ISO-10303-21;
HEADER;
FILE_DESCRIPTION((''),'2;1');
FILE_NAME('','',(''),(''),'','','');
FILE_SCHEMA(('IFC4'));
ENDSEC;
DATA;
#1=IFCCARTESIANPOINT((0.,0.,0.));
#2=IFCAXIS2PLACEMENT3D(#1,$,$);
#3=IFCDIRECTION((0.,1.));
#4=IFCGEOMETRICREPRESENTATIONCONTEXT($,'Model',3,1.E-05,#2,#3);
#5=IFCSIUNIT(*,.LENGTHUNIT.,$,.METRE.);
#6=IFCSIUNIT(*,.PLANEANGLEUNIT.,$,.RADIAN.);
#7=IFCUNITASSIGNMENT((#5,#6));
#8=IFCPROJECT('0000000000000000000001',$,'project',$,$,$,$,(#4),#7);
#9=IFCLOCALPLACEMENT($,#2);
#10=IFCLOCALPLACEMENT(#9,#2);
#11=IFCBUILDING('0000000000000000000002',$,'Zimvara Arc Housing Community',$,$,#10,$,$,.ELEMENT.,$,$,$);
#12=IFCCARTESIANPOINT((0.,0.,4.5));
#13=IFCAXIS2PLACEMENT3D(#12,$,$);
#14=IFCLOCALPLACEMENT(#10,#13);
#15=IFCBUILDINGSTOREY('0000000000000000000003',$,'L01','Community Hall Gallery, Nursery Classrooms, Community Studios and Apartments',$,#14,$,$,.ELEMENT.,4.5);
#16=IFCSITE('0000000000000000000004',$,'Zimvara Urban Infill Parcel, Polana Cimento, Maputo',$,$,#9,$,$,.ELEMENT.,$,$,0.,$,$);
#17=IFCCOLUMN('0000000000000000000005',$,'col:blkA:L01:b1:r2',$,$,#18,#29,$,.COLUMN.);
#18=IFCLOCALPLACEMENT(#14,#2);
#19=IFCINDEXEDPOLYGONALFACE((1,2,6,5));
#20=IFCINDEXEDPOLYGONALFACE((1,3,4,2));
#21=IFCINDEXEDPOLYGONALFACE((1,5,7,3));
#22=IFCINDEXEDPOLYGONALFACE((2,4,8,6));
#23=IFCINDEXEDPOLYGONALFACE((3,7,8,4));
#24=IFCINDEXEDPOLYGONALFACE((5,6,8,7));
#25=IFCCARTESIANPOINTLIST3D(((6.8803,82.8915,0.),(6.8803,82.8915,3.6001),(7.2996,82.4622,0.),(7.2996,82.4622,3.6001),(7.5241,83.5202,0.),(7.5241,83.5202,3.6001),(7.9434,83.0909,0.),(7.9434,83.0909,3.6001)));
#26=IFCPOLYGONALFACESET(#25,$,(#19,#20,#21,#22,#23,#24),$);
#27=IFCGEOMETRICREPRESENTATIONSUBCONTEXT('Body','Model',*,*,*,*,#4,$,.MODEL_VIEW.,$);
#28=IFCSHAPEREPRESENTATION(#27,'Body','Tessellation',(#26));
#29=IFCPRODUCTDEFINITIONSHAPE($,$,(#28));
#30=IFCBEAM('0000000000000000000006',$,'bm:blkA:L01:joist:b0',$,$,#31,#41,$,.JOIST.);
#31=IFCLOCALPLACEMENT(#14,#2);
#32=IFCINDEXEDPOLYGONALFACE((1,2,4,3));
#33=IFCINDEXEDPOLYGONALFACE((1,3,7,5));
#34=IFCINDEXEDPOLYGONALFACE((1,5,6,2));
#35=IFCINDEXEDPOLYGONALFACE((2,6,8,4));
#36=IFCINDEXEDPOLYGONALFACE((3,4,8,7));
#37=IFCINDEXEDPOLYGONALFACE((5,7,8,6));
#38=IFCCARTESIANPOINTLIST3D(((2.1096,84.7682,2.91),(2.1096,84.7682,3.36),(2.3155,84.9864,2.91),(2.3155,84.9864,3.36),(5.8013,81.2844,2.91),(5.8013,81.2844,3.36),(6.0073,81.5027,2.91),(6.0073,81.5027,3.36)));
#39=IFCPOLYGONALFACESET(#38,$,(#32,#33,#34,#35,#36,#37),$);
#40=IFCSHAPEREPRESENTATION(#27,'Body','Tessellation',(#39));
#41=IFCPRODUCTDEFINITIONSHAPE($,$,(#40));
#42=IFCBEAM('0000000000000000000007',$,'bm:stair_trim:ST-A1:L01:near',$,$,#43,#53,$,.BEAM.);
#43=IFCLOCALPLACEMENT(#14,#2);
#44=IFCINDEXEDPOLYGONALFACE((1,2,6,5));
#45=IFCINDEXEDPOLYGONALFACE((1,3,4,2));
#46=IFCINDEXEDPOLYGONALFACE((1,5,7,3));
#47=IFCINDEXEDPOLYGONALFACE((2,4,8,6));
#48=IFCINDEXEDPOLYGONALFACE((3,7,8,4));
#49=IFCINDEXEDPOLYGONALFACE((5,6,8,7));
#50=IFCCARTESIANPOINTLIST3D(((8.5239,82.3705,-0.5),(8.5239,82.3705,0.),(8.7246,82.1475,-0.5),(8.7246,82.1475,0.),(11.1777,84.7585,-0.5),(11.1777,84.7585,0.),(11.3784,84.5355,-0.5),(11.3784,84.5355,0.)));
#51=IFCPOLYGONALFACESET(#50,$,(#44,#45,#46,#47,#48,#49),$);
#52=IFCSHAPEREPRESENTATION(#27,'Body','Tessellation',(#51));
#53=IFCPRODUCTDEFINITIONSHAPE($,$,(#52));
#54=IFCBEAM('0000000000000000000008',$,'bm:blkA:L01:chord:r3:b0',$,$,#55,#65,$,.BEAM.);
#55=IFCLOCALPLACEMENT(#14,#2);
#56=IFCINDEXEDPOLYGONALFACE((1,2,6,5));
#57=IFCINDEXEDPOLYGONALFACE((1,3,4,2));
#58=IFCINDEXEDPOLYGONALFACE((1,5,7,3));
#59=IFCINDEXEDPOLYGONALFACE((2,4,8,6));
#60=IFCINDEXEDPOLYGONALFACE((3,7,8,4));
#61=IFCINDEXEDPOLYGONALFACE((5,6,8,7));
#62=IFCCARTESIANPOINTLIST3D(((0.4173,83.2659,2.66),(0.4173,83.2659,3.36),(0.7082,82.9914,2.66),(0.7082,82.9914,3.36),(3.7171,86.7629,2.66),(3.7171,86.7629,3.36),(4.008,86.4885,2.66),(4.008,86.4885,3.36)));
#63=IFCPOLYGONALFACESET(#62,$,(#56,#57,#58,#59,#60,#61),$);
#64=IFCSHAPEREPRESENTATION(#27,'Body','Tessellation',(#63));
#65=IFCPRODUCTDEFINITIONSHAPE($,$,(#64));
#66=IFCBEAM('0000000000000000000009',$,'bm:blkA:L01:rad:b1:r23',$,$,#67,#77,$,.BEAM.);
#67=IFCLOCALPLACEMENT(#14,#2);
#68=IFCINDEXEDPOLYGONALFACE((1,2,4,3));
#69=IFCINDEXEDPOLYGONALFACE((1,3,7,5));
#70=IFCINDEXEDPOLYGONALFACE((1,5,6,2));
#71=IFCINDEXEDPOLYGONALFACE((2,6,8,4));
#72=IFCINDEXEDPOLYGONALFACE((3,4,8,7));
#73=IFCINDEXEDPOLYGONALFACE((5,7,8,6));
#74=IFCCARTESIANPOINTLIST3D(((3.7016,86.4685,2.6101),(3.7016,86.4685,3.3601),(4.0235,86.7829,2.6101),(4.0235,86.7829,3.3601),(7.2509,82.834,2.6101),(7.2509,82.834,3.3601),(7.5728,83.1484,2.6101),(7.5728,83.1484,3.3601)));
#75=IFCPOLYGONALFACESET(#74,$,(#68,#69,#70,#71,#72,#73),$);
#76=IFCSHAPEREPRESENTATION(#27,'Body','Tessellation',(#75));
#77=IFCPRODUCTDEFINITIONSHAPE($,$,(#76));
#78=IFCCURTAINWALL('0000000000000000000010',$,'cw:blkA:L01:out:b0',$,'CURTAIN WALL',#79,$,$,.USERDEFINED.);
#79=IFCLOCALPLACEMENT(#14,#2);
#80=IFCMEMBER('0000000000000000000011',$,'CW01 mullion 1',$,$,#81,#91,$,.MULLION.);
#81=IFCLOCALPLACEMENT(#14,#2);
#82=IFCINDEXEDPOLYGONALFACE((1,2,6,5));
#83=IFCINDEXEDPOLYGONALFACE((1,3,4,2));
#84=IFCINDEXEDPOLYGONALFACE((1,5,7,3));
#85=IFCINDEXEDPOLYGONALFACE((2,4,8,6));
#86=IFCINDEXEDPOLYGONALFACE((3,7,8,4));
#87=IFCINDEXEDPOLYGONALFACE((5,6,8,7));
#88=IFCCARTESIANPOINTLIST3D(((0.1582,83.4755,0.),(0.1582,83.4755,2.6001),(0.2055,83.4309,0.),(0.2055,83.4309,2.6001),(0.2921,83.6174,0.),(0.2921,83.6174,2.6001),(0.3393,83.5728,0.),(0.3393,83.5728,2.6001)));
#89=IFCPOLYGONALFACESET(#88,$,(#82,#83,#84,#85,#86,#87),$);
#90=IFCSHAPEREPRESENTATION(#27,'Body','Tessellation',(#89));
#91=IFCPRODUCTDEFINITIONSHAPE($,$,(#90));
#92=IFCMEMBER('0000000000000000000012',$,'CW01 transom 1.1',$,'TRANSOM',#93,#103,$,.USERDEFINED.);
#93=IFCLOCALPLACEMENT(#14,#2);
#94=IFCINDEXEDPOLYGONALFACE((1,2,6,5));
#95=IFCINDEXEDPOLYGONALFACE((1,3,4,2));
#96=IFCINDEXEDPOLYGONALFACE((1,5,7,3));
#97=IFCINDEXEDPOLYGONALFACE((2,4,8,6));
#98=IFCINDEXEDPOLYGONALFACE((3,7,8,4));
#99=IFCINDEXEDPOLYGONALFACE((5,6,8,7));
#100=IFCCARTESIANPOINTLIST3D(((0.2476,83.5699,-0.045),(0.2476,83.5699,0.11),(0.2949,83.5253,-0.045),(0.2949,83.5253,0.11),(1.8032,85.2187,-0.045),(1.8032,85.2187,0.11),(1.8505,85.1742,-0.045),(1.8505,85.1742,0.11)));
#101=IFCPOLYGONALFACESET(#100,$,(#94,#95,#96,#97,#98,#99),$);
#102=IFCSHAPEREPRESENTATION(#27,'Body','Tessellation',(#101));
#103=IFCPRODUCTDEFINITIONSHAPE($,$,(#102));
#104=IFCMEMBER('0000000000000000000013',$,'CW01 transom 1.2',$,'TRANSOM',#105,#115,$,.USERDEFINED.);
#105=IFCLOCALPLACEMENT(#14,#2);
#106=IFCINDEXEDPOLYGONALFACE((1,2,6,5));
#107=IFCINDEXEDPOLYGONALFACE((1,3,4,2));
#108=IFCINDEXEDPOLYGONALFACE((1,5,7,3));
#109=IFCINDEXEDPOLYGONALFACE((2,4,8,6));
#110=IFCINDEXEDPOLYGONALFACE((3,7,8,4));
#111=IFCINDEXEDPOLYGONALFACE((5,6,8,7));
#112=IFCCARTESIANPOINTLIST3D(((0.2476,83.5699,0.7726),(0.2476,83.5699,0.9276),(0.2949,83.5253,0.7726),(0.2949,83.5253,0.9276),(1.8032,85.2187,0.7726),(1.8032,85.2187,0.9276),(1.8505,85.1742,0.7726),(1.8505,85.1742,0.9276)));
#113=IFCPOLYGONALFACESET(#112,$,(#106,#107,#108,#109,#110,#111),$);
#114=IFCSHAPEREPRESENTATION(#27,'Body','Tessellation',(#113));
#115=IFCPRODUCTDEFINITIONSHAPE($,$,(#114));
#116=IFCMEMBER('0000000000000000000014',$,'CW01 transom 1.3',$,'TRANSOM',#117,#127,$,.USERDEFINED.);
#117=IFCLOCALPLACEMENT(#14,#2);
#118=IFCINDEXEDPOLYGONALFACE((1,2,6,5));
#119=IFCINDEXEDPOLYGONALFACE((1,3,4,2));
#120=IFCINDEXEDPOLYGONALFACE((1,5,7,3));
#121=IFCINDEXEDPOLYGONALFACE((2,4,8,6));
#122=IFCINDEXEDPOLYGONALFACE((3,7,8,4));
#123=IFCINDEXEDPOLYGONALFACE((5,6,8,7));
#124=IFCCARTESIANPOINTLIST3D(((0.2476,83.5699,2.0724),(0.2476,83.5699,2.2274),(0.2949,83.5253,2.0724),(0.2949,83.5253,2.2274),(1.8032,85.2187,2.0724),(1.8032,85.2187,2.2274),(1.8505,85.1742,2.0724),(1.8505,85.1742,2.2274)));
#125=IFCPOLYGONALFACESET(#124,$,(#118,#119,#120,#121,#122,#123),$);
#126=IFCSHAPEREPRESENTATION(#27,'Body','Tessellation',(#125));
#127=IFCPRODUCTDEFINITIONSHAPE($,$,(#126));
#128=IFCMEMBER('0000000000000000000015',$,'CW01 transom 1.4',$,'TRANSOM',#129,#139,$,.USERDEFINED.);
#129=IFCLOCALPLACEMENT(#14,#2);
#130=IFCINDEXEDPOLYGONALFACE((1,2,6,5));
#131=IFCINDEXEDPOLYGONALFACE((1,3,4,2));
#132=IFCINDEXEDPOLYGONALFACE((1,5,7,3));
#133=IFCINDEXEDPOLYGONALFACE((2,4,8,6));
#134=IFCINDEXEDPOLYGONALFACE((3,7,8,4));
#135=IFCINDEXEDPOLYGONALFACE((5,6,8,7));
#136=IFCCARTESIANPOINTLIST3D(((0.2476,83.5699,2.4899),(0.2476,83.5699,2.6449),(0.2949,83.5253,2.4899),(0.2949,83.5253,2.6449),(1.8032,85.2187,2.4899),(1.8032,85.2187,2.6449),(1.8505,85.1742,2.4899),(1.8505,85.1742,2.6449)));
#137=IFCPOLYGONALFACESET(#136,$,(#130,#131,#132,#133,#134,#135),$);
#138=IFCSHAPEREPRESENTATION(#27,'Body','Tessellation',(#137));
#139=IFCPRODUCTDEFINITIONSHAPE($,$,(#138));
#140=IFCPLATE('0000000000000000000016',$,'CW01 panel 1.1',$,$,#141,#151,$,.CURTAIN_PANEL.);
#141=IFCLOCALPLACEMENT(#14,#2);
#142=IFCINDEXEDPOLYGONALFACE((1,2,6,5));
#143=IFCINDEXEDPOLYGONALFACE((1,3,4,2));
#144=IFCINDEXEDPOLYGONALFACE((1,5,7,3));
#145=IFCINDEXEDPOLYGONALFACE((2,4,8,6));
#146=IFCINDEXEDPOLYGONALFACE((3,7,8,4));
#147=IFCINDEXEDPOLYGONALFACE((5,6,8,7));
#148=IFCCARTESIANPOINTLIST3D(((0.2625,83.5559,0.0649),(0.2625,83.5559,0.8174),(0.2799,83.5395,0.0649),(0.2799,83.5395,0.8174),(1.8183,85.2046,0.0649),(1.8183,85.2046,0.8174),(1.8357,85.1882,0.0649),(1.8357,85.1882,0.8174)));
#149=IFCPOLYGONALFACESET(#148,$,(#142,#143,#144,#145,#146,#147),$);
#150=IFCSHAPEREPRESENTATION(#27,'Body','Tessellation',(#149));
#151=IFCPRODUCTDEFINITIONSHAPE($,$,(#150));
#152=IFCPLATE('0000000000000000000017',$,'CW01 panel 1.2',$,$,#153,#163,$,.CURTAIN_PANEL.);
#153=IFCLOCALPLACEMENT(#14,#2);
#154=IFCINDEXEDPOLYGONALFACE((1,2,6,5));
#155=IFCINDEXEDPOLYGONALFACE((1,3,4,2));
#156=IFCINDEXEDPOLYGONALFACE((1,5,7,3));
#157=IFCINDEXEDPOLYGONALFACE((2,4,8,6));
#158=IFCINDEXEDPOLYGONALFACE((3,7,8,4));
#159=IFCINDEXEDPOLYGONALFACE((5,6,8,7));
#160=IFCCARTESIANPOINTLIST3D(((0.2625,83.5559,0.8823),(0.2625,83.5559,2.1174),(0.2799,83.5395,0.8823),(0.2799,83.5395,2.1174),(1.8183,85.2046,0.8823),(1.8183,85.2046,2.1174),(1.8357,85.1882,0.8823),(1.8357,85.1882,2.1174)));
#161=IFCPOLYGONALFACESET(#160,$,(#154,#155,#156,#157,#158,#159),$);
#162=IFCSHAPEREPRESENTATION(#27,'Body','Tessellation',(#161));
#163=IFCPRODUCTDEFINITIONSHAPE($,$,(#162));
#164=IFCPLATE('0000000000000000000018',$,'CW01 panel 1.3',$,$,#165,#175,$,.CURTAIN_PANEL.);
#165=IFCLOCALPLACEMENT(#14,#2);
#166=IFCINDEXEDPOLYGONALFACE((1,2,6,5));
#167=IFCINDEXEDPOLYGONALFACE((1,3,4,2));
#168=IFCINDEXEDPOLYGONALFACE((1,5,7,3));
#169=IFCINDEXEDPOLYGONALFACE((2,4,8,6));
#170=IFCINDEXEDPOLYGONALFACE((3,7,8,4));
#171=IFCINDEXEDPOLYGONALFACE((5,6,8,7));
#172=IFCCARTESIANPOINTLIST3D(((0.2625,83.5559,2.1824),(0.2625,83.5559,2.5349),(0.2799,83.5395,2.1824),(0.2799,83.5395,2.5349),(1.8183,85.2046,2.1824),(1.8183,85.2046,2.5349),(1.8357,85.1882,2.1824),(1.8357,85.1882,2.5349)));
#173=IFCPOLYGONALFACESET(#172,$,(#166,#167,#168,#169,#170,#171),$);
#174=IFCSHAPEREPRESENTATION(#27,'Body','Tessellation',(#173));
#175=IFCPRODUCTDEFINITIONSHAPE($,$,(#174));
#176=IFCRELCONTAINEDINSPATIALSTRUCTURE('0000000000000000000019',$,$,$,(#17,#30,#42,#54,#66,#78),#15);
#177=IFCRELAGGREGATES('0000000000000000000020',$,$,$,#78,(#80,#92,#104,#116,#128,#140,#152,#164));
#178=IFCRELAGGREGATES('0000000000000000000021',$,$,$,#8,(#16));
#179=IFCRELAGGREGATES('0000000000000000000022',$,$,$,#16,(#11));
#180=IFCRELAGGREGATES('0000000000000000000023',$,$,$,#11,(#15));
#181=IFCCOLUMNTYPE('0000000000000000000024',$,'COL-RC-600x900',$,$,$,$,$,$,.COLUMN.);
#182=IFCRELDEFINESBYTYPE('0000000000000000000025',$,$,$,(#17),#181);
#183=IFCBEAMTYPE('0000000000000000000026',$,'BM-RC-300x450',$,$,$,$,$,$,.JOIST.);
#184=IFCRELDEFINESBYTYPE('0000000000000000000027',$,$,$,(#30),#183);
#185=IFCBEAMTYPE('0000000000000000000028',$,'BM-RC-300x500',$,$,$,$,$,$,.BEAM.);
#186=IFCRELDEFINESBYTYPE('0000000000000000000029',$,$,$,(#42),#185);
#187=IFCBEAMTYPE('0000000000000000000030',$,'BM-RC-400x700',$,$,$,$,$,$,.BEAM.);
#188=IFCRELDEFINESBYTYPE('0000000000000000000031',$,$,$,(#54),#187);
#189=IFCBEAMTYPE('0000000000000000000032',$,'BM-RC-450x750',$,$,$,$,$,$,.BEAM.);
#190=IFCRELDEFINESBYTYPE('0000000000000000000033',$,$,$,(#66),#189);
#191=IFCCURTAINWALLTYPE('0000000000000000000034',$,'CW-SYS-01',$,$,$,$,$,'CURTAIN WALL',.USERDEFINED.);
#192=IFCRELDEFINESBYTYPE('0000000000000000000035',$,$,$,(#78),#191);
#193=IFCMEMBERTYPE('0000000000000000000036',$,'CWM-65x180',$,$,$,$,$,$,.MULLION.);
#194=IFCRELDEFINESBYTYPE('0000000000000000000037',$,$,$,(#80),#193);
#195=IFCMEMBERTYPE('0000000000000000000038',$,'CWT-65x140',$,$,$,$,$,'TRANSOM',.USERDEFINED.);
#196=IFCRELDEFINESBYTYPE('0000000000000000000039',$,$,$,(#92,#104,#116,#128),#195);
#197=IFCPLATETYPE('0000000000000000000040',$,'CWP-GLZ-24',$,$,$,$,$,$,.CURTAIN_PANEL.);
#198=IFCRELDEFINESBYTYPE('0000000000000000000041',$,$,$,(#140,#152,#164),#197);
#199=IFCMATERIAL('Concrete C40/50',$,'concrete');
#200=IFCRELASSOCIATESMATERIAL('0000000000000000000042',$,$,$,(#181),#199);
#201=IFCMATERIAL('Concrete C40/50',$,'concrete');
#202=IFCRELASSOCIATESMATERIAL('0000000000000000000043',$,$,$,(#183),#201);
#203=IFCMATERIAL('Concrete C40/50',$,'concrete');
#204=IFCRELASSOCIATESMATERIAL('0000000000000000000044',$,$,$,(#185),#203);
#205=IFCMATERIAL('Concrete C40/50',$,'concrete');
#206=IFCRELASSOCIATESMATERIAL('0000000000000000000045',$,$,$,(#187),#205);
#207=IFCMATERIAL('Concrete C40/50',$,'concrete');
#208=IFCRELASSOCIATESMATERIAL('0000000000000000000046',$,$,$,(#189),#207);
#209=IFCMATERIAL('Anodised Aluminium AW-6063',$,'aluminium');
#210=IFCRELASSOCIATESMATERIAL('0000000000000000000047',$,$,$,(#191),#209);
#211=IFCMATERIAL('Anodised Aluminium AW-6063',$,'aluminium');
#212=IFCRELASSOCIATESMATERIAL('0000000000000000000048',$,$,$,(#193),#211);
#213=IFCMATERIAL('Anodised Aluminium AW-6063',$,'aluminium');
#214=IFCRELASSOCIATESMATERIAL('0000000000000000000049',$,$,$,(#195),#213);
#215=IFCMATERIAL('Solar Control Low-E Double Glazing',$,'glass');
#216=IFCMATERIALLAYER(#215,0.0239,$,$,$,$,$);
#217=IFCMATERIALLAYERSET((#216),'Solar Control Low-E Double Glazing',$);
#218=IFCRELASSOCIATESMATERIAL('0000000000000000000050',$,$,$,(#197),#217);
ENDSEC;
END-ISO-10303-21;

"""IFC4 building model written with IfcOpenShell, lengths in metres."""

from ifc_helpers import new_model, si_unit, direction, frame, origin, origin_2d, place, context, subcontext, project, spatial, rectangle, extrude, material, layer, layer_set, material_profile, profile_set, type_object, element, aggregate, save


model = new_model("IFC4")

# Units and contexts
model_context = context("Model", 3, precision=1e-05, world=origin(), true_north=direction((0.0, 1.0)))
body_context = subcontext(model_context, "Body", "Model", "MODEL_VIEW")
ifc_project = project(units=[si_unit("LENGTHUNIT", "METRE"), si_unit("PLANEANGLEUNIT", "RADIAN")], contexts=[model_context])

# Site, building, storey
site_placement = place(None, origin())
site = spatial("IfcSite", under=ifc_project, at=site_placement, Name="Zimvara Urban Infill Parcel, Polana Cimento, Maputo", CompositionType="ELEMENT", RefElevation=0.0)
building_placement = place(site_placement, origin())
building = spatial("IfcBuilding", under=site, at=building_placement, Name="Zimvara Arc Housing Community", CompositionType="ELEMENT")
storey_placement = place(building_placement, frame((0.0, 0.0, 4.5)))
storey = spatial("IfcBuildingStorey", under=building, at=storey_placement, Name="L01", Description="Community Hall Gallery, Nursery Classrooms, Community Studios and Apartments", CompositionType="ELEMENT", Elevation=4.5)

# Column
ifc_material_1 = material(Name="Concrete C40/50", Category="concrete")
ifc_material_profile_1 = material_profile(ifc_material_1, rectangle(XDim=0.6001, YDim=0.8999, at=origin_2d()), Name="RC 600x900")
ifc_profile_set_1 = profile_set([ifc_material_profile_1], Name="Concrete C40/50")
column_type_1 = type_object("IfcColumnType", Name="COL-RC-600x900", PredefinedType="COLUMN", material=ifc_profile_set_1)
column_1_placement = place(storey_placement, frame((7.4119, 82.9912, 0.0), z_axis=(0.0, 0.0, 1.0), x_axis=(-0.698665, 0.715449, 0.0)))
element("IfcColumn", 1, at=column_1_placement, inside=storey, type_object=column_type_1, Name="col:blkA:L01:b1:r2", PredefinedType="COLUMN", context=body_context, shape_type="SweptSolid", body=[
    extrude(rectangle(XDim=0.6001, YDim=0.8999, at=origin_2d()), origin(), (0.0, 0.0, 1.0), 3.6001),
])

# Beams
ifc_material_2 = material(Name="Concrete C40/50", Category="concrete")
ifc_material_profile_2 = material_profile(ifc_material_2, rectangle(XDim=0.3, YDim=0.45, at=origin_2d()), Name="RC 300x450")
ifc_profile_set_2 = profile_set([ifc_material_profile_2], Name="Concrete C40/50")
beam_type_1 = type_object("IfcBeamType", Name="BM-RC-300x450", PredefinedType="JOIST", material=ifc_profile_set_2)
beam_1_placement = place(storey_placement, frame((5.9043, 81.3936, 3.135), z_axis=(-0.7273, 0.68632, 0.0), x_axis=(-0.68632, -0.7273, 0.0)))
element("IfcBeam", 2, at=beam_1_placement, inside=storey, type_object=beam_type_1, Name="bm:blkA:L01:joist:b0", PredefinedType="JOIST", context=body_context, shape_type="SweptSolid", body=[
    extrude(rectangle(XDim=0.3, YDim=0.45, at=origin_2d()), origin(), (0.0, 0.0, 1.0), 5.0759),
])
ifc_material_3 = material(Name="Concrete C40/50", Category="concrete")
ifc_material_profile_3 = material_profile(ifc_material_3, rectangle(XDim=0.3, YDim=0.5, at=origin_2d()), Name="RC 300x500")
ifc_profile_set_3 = profile_set([ifc_material_profile_3], Name="Concrete C40/50")
beam_type_2 = type_object("IfcBeamType", Name="BM-RC-300x500", PredefinedType="BEAM", material=ifc_profile_set_3)
beam_2_placement = place(storey_placement, frame((11.2781, 84.647, -0.25), z_axis=(-0.743362, -0.668889, 0.0), x_axis=(0.668889, -0.743362, 0.0)))
element("IfcBeam", 3, at=beam_2_placement, inside=storey, type_object=beam_type_2, Name="bm:stair_trim:ST-A1:L01:near", PredefinedType="BEAM", context=body_context, shape_type="SweptSolid", body=[
    extrude(rectangle(XDim=0.3, YDim=0.5, at=origin_2d()), origin(), (0.0, 0.0, 1.0), 3.5701),
])
ifc_material_4 = material(Name="Concrete C40/50", Category="concrete")
ifc_material_profile_4 = material_profile(ifc_material_4, rectangle(XDim=0.3999, YDim=0.7, at=origin_2d()), Name="RC 400x700")
ifc_profile_set_4 = profile_set([ifc_material_profile_4], Name="Concrete C40/50")
beam_type_3 = type_object("IfcBeamType", Name="BM-RC-400x700", PredefinedType="BEAM", material=ifc_profile_set_4)
beam_3_placement = place(storey_placement, frame((0.5627, 83.1287, 3.01), z_axis=(0.686295, 0.727323, 0.0), x_axis=(-0.727323, 0.686295, 0.0)))
element("IfcBeam", 4, at=beam_3_placement, inside=storey, type_object=beam_type_3, Name="bm:blkA:L01:chord:r3:b0", PredefinedType="BEAM", context=body_context, shape_type="SweptSolid", body=[
    extrude(rectangle(XDim=0.3999, YDim=0.7, at=origin_2d()), origin(), (0.0, 0.0, 1.0), 4.8081),
])
ifc_material_5 = material(Name="Concrete C40/50", Category="concrete")
ifc_material_profile_5 = material_profile(ifc_material_5, rectangle(XDim=0.45, YDim=0.75, at=origin_2d()), Name="RC 450x750")
ifc_profile_set_5 = profile_set([ifc_material_profile_5], Name="Concrete C40/50")
beam_type_4 = type_object("IfcBeamType", Name="BM-RC-450x750", PredefinedType="BEAM", material=ifc_profile_set_5)
beam_4_placement = place(storey_placement, frame((7.4119, 82.9912, 2.9851), z_axis=(-0.698671, 0.715443, 0.0), x_axis=(-0.715443, -0.698671, 0.0)))
element("IfcBeam", 5, at=beam_4_placement, inside=storey, type_object=beam_type_4, Name="bm:blkA:L01:rad:b1:r23", PredefinedType="BEAM", context=body_context, shape_type="SweptSolid", body=[
    extrude(rectangle(XDim=0.45, YDim=0.75, at=origin_2d()), origin(), (0.0, 0.0, 1.0), 5.0801),
])

# Curtain wall, members, plates
ifc_material_6 = material(Name="Anodised Aluminium AW-6063", Category="aluminium")
curtain_wall_type = type_object("IfcCurtainWallType", Name="CW-SYS-01", ElementType="CURTAIN WALL", PredefinedType="USERDEFINED", material=ifc_material_6)
curtain_wall_placement = place(storey_placement, origin())
curtain_wall = element("IfcCurtainWall", 6, at=curtain_wall_placement, inside=storey, type_object=curtain_wall_type, Name="cw:blkA:L01:out:b0", ObjectType="CURTAIN WALL", PredefinedType="USERDEFINED")
ifc_material_7 = material(Name="Anodised Aluminium AW-6063", Category="aluminium")
ifc_material_profile_6 = material_profile(ifc_material_7, rectangle(XDim=0.0649, YDim=0.1951, at=origin_2d()), Name="ALU 65x195")
ifc_profile_set_6 = profile_set([ifc_material_profile_6], Name="Anodised Aluminium AW-6063")
member_type_1 = type_object("IfcMemberType", Name="CWM-65x180", PredefinedType="MULLION", material=ifc_profile_set_6)
member_1_placement = place(storey_placement, frame((0.2488, 83.5242, 0.0), z_axis=(0.0, 0.0, 1.0), x_axis=(-0.727294, 0.686326, 0.0)))
member_1 = element("IfcMember", 7, at=member_1_placement, type_object=member_type_1, Name="CW01 mullion 1", PredefinedType="MULLION", context=body_context, shape_type="SweptSolid", body=[
    extrude(rectangle(XDim=0.0649, YDim=0.1951, at=origin_2d()), origin(), (0.0, 0.0, 1.0), 2.6001),
])
ifc_material_8 = material(Name="Anodised Aluminium AW-6063", Category="aluminium")
ifc_material_profile_7 = material_profile(ifc_material_8, rectangle(XDim=0.0649, YDim=0.155, at=origin_2d()), Name="ALU 65x155")
ifc_profile_set_7 = profile_set([ifc_material_profile_7], Name="Anodised Aluminium AW-6063")
member_type_2 = type_object("IfcMemberType", Name="CWT-65x140", ElementType="TRANSOM", PredefinedType="USERDEFINED", material=ifc_profile_set_7)
member_2_placement = place(storey_placement, frame((0.2712, 83.5476, 0.0325), z_axis=(0.686238, 0.727377, 0.0), x_axis=(-0.727377, 0.686238, 0.0)))
member_2 = element("IfcMember", 8, at=member_2_placement, type_object=member_type_2, Name="CW01 transom 1.1", ObjectType="TRANSOM", PredefinedType="USERDEFINED", context=body_context, shape_type="SweptSolid", body=[
    extrude(rectangle(XDim=0.0649, YDim=0.155, at=origin_2d()), origin(), (0.0, 0.0, 1.0), 2.2668),
])
member_3_placement = place(storey_placement, frame((0.2712, 83.5476, 0.8501), z_axis=(0.686238, 0.727377, 0.0), x_axis=(-0.727377, 0.686238, 0.0)))
member_3 = element("IfcMember", 9, at=member_3_placement, type_object=member_type_2, Name="CW01 transom 1.2", ObjectType="TRANSOM", PredefinedType="USERDEFINED", context=body_context, shape_type="SweptSolid", body=[
    extrude(rectangle(XDim=0.0649, YDim=0.155, at=origin_2d()), origin(), (0.0, 0.0, 1.0), 2.2668),
])
member_4_placement = place(storey_placement, frame((0.2712, 83.5476, 2.1499), z_axis=(0.686238, 0.727377, 0.0), x_axis=(-0.727377, 0.686238, 0.0)))
member_4 = element("IfcMember", 10, at=member_4_placement, type_object=member_type_2, Name="CW01 transom 1.3", ObjectType="TRANSOM", PredefinedType="USERDEFINED", context=body_context, shape_type="SweptSolid", body=[
    extrude(rectangle(XDim=0.0649, YDim=0.155, at=origin_2d()), origin(), (0.0, 0.0, 1.0), 2.2668),
])
member_5_placement = place(storey_placement, frame((0.2712, 83.5476, 2.5674), z_axis=(0.686238, 0.727377, 0.0), x_axis=(-0.727377, 0.686238, 0.0)))
member_5 = element("IfcMember", 11, at=member_5_placement, type_object=member_type_2, Name="CW01 transom 1.4", ObjectType="TRANSOM", PredefinedType="USERDEFINED", context=body_context, shape_type="SweptSolid", body=[
    extrude(rectangle(XDim=0.0649, YDim=0.155, at=origin_2d()), origin(), (0.0, 0.0, 1.0), 2.2668),
])
ifc_material_9 = material(Name="Solar Control Low-E Double Glazing", Category="glass")
ifc_layer_1 = layer(ifc_material_9, 0.0239)
ifc_layer_set_1 = layer_set([ifc_layer_1], Name="Solar Control Low-E Double Glazing")
plate_type = type_object("IfcPlateType", Name="CWP-GLZ-24", PredefinedType="CURTAIN_PANEL", material=ifc_layer_set_1)
plate_1_placement = place(storey_placement, frame((1.0491, 84.3721, 0.0649), z_axis=(0.0, 0.0, 1.0), x_axis=(0.686326, 0.727294, 0.0)))
plate_1 = element("IfcPlate", 12, at=plate_1_placement, type_object=plate_type, Name="CW01 panel 1.1", PredefinedType="CURTAIN_PANEL", context=body_context, shape_type="SweptSolid", body=[
    extrude(rectangle(XDim=2.2668, YDim=0.0239, at=origin_2d()), origin(), (0.0, 0.0, 1.0), 0.7524),
])
plate_2_placement = place(storey_placement, frame((1.0491, 84.3721, 0.8823), z_axis=(0.0, 0.0, 1.0), x_axis=(0.686326, 0.727294, 0.0)))
plate_2 = element("IfcPlate", 13, at=plate_2_placement, type_object=plate_type, Name="CW01 panel 1.2", PredefinedType="CURTAIN_PANEL", context=body_context, shape_type="SweptSolid", body=[
    extrude(rectangle(XDim=2.2668, YDim=0.0239, at=origin_2d()), origin(), (0.0, 0.0, 1.0), 1.2351),
])
plate_3_placement = place(storey_placement, frame((1.0491, 84.3721, 2.1824), z_axis=(0.0, 0.0, 1.0), x_axis=(0.686326, 0.727294, 0.0)))
plate_3 = element("IfcPlate", 14, at=plate_3_placement, type_object=plate_type, Name="CW01 panel 1.3", PredefinedType="CURTAIN_PANEL", context=body_context, shape_type="SweptSolid", body=[
    extrude(rectangle(XDim=2.2668, YDim=0.0239, at=origin_2d()), origin(), (0.0, 0.0, 1.0), 0.3525),
])
aggregate(curtain_wall, [member_1, member_2, member_3, member_4, member_5, plate_1, plate_2, plate_3])

save(model, "model.ifc")
